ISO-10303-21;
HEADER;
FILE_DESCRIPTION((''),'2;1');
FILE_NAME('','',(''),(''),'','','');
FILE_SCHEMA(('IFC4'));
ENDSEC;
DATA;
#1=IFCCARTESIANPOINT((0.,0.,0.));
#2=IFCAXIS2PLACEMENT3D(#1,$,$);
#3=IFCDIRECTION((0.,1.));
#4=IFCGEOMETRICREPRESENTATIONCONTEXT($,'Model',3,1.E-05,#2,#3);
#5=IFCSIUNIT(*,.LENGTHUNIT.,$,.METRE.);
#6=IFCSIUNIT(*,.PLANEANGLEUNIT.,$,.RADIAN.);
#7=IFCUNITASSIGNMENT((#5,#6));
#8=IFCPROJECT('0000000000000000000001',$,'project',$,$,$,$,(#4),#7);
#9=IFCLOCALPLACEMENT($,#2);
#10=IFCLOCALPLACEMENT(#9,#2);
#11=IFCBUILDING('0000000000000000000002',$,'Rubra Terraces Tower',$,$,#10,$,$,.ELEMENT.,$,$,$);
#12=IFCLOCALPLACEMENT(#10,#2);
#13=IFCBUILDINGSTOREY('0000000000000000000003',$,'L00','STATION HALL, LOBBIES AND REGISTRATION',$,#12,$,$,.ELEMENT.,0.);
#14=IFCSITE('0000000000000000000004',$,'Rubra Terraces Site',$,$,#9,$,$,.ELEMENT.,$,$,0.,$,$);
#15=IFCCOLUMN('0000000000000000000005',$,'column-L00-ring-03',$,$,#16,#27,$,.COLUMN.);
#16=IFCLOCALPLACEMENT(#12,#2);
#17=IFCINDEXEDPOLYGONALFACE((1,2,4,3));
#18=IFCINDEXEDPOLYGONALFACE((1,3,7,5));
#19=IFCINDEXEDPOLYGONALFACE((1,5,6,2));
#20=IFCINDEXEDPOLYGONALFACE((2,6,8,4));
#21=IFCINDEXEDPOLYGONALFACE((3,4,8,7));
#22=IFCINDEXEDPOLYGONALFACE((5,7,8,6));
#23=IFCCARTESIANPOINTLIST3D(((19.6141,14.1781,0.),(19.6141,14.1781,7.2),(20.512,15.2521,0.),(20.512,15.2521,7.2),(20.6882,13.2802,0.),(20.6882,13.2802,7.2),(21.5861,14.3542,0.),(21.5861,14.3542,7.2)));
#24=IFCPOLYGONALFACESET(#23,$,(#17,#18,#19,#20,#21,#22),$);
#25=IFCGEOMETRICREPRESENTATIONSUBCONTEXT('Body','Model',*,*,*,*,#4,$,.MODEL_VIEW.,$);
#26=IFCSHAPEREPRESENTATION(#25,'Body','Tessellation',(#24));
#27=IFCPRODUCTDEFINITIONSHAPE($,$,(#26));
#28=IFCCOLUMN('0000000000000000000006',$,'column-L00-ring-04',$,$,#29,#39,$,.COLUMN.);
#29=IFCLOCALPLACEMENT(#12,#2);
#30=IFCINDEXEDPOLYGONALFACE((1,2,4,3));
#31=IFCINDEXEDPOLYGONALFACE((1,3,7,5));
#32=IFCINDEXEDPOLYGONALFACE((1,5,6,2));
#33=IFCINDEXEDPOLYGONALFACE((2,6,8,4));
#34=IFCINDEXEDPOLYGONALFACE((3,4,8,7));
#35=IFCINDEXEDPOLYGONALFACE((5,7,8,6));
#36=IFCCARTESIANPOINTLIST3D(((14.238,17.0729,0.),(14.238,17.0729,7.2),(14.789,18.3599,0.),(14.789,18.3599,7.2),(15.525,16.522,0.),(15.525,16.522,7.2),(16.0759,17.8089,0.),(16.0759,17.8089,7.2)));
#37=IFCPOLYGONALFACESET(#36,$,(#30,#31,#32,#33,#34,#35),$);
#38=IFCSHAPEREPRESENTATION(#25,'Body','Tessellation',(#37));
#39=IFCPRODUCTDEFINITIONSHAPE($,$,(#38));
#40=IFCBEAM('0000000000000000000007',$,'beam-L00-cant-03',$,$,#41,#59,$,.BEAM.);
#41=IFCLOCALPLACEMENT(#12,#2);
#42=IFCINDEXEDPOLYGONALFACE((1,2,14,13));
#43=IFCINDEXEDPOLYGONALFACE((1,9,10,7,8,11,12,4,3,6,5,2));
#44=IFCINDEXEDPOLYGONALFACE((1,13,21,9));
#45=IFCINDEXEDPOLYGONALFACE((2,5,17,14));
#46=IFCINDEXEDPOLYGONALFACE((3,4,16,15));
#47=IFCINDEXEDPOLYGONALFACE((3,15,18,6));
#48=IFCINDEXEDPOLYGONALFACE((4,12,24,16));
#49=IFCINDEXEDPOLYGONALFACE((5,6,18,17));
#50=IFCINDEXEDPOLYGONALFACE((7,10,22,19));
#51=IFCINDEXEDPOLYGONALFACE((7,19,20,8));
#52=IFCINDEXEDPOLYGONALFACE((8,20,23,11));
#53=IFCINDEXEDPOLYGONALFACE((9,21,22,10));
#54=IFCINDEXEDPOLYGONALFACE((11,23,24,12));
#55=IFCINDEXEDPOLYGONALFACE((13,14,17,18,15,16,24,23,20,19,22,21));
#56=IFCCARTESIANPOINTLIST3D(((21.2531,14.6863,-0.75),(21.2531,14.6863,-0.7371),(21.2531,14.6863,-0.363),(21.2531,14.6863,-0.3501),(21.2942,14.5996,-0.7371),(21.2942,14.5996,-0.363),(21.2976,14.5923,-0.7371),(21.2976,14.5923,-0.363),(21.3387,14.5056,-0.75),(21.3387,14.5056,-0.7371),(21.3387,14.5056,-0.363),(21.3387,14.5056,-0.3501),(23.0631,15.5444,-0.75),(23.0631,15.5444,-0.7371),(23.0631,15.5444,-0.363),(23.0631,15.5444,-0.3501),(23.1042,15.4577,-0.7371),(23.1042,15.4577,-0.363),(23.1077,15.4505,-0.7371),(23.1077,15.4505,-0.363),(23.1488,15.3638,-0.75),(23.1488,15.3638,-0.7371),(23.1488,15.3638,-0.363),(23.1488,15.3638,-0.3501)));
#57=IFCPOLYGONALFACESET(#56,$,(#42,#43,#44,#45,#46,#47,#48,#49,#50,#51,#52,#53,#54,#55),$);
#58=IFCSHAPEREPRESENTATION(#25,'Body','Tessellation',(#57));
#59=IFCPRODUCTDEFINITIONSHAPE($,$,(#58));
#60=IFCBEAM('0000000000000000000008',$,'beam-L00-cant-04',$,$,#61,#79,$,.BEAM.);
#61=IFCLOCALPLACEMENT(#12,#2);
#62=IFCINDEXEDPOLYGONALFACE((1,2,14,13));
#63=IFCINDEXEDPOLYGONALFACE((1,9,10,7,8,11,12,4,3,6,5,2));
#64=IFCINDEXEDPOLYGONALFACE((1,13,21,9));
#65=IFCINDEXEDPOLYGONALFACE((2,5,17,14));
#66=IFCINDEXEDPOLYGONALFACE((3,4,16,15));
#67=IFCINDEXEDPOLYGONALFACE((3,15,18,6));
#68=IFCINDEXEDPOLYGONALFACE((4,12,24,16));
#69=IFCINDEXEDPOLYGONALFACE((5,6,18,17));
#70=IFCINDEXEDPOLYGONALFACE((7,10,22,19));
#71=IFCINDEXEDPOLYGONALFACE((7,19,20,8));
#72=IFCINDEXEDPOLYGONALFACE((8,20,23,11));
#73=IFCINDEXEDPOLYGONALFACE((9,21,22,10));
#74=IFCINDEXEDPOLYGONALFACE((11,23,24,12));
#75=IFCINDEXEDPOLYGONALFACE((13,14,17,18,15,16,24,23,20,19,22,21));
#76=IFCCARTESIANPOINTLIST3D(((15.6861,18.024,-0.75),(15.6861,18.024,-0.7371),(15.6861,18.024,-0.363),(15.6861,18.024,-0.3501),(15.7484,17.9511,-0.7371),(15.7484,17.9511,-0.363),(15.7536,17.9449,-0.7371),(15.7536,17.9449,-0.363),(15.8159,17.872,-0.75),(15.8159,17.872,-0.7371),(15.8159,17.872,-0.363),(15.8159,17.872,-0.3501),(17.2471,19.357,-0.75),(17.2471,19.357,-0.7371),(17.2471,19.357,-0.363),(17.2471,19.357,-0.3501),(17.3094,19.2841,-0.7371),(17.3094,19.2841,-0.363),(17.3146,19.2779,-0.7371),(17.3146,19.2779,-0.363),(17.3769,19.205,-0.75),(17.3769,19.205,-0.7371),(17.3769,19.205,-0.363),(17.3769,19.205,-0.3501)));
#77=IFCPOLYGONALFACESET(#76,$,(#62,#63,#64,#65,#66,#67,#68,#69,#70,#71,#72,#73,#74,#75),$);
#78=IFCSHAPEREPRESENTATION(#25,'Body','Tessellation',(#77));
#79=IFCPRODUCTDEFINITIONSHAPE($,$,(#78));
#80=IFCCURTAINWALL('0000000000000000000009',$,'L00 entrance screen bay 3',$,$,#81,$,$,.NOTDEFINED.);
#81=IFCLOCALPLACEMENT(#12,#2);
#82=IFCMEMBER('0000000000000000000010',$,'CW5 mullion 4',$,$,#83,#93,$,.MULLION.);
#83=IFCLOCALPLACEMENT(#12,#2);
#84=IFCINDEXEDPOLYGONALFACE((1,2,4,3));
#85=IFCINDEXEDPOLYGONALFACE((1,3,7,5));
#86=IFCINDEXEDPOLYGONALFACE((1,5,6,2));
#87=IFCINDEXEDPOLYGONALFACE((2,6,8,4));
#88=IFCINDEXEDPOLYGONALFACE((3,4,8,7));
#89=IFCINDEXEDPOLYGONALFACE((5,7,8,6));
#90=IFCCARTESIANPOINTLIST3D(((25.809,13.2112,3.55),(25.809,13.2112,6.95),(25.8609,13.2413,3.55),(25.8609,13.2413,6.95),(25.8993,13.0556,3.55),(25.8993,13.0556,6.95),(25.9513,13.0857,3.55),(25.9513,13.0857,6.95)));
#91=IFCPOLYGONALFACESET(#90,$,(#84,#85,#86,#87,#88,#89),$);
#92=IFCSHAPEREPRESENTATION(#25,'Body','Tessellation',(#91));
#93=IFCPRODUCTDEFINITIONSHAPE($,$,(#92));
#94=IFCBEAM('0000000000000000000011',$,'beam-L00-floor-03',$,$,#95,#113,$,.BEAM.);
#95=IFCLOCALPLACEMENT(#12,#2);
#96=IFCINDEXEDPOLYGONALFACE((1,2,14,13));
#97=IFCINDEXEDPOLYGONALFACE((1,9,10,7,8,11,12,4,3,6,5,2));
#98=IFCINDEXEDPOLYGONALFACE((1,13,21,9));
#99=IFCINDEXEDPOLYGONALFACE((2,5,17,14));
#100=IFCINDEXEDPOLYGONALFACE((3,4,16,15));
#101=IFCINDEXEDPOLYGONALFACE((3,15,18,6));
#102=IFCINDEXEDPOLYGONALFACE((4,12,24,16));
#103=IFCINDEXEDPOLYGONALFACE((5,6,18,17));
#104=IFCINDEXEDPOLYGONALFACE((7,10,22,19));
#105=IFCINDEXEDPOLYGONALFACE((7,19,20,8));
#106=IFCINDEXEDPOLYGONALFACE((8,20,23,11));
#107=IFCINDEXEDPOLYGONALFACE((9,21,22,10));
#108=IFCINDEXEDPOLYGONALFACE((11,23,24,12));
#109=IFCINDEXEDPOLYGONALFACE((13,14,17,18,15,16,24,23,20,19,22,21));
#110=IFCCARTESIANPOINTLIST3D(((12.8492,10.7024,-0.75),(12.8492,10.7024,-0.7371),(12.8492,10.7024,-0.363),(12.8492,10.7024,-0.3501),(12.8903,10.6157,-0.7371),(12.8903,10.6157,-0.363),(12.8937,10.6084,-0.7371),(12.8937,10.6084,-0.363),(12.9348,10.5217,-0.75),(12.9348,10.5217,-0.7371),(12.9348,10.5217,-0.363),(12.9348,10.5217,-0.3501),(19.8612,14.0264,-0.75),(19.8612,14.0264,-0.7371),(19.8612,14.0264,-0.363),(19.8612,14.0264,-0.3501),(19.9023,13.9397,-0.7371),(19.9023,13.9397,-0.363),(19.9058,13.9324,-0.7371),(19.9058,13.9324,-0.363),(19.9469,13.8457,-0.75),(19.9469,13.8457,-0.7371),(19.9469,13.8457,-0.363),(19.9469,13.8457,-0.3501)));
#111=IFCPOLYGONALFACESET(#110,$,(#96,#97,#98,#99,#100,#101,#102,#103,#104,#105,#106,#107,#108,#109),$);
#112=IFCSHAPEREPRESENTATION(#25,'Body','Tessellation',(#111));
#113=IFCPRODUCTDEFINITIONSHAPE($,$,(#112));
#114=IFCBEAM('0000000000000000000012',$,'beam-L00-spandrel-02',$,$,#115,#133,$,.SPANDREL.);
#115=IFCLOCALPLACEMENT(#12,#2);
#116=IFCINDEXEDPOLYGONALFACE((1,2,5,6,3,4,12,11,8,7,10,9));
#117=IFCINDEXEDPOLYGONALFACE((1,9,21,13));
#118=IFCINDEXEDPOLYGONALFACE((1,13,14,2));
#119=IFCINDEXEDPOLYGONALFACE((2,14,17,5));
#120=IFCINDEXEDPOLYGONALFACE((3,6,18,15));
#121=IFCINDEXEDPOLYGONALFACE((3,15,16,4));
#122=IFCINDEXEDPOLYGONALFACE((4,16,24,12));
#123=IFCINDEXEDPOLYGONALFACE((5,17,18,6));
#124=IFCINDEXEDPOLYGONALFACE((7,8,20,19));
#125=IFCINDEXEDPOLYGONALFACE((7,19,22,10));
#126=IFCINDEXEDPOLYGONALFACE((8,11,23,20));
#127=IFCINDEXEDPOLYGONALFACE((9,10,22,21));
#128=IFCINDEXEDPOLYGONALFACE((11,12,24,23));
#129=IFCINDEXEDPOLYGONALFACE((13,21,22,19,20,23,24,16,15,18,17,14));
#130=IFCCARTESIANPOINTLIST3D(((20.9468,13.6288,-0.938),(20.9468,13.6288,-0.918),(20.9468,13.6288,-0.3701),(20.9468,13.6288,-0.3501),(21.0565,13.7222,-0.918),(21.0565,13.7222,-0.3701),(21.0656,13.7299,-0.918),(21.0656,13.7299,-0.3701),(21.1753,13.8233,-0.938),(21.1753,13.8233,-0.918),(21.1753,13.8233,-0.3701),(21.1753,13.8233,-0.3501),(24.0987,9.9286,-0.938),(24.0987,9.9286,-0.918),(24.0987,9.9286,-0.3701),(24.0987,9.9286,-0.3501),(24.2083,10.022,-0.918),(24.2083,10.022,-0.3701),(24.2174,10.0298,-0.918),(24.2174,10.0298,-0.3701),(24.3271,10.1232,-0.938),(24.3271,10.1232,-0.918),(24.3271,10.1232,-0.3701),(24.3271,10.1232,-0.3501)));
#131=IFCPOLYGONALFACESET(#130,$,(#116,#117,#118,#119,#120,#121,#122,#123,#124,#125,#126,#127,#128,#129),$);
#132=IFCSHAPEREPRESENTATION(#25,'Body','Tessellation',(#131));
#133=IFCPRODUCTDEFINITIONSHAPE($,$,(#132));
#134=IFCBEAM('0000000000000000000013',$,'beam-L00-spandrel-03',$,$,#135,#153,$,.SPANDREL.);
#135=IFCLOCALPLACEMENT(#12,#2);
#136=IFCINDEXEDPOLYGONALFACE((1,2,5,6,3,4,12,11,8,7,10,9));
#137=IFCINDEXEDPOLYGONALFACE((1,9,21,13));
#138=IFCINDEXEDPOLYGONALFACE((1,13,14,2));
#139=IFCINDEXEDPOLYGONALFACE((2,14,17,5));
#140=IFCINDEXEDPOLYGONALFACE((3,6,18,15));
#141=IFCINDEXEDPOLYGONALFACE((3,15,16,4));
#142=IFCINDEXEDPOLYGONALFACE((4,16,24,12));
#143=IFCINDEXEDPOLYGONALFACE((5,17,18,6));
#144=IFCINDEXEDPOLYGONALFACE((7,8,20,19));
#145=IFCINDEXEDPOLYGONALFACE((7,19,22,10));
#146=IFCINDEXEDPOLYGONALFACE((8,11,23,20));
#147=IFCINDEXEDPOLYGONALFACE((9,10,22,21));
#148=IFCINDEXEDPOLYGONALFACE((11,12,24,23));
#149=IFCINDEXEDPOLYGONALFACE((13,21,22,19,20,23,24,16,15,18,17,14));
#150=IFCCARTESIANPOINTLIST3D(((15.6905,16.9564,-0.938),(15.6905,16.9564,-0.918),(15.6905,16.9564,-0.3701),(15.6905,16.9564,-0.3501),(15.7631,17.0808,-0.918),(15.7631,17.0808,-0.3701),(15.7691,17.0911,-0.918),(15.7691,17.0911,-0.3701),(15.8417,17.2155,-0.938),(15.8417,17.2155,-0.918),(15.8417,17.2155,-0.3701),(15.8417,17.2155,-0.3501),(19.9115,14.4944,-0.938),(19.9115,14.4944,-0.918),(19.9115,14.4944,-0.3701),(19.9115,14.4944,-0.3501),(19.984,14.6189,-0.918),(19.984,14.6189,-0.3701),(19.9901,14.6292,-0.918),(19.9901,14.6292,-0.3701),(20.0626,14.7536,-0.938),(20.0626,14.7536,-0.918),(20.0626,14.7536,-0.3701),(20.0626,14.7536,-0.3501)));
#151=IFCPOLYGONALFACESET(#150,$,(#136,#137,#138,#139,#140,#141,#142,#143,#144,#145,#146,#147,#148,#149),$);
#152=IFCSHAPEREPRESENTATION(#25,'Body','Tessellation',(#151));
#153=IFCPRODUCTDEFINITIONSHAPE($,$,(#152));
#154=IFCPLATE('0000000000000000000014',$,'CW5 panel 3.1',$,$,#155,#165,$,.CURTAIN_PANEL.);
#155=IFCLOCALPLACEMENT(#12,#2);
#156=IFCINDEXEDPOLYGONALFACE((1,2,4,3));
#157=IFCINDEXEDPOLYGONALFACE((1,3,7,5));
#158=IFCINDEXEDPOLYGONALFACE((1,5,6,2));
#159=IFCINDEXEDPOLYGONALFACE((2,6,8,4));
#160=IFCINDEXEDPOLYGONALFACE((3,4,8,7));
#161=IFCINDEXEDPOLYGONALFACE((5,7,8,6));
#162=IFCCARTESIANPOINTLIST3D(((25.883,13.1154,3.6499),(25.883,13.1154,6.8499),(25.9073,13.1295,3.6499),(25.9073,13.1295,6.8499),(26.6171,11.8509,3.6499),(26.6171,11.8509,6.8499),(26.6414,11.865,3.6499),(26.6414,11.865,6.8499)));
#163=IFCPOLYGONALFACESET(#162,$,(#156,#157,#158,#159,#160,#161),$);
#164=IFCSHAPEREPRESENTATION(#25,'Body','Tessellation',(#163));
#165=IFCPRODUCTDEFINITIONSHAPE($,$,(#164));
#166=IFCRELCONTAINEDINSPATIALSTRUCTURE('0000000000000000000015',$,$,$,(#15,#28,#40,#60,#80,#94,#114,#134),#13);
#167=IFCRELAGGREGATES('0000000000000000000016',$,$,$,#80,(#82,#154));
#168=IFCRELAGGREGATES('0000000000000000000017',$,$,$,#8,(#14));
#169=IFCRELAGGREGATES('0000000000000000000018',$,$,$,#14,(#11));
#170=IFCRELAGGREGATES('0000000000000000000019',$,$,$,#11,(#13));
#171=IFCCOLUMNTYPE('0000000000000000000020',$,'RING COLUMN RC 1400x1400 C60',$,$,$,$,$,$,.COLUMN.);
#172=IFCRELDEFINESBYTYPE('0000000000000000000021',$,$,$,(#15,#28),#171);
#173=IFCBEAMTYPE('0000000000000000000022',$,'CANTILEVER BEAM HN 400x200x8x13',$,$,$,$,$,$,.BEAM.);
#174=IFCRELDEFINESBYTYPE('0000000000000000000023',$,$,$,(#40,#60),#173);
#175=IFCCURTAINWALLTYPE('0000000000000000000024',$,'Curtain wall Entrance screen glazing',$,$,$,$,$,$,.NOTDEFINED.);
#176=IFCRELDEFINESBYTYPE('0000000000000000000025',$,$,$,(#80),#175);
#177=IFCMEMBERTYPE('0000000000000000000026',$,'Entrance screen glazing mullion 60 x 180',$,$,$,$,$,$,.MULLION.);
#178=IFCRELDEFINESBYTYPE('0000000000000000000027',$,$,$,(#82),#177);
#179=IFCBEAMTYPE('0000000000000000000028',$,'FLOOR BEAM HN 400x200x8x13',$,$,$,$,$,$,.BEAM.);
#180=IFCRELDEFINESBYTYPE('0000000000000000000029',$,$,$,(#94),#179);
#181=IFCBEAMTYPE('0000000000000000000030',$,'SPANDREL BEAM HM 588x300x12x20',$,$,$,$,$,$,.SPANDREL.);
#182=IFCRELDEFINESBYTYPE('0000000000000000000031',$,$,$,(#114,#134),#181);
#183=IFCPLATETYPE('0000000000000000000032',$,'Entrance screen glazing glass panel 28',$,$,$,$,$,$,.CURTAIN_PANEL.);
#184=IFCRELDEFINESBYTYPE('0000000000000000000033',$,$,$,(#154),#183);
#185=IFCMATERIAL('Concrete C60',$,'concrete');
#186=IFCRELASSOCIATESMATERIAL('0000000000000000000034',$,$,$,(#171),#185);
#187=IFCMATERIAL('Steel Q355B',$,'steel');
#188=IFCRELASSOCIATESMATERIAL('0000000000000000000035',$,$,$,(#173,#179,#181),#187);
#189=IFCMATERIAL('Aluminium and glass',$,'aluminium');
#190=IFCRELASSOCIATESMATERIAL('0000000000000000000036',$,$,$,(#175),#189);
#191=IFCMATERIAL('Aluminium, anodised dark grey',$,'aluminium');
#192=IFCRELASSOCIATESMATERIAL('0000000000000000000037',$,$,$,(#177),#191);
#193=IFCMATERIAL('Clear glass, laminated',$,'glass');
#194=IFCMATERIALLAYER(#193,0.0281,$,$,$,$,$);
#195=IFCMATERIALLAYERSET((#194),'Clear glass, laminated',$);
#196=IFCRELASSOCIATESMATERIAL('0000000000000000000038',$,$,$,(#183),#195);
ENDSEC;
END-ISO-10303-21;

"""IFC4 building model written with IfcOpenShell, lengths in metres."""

from ifc_helpers import new_model, si_unit, direction, frame, origin, origin_2d, place, context, subcontext, project, spatial, rectangle, i_section, extrude, material, layer, layer_set, material_profile, profile_set, type_object, element, aggregate, save


model = new_model("IFC4")

# Units and contexts
model_context = context("Model", 3, precision=1e-05, world=origin(), true_north=direction((0.0, 1.0)))
body_context = subcontext(model_context, "Body", "Model", "MODEL_VIEW")
ifc_project = project(units=[si_unit("LENGTHUNIT", "METRE"), si_unit("PLANEANGLEUNIT", "RADIAN")], contexts=[model_context])

# Site, building, storey
site_placement = place(None, origin())
site = spatial("IfcSite", under=ifc_project, at=site_placement, Name="Rubra Terraces Site", CompositionType="ELEMENT", RefElevation=0.0)
building_placement = place(site_placement, origin())
building = spatial("IfcBuilding", under=site, at=building_placement, Name="Rubra Terraces Tower", CompositionType="ELEMENT")
storey_placement = place(building_placement, origin())
storey = spatial("IfcBuildingStorey", under=building, at=storey_placement, Name="L00", Description="STATION HALL, LOBBIES AND REGISTRATION", CompositionType="ELEMENT", Elevation=0.0)

# Columns
ifc_material_1 = material(Name="Concrete C60", Category="concrete")
ifc_material_profile_1 = material_profile(ifc_material_1, rectangle(XDim=1.3999, YDim=1.3999, at=origin_2d()), Name="RC 1400x1400")
ifc_profile_set_1 = profile_set([ifc_material_profile_1], Name="Concrete C60")
column_type = type_object("IfcColumnType", Name="RING COLUMN RC 1400x1400 C60", PredefinedType="COLUMN", material=ifc_profile_set_1)
for number, where, z_axis, x_axis, name in (
    (1, (20.6001, 14.2661, 0.0), (0.0, 0.0, 1.0), (-0.76721, 0.641397, 0.0), "column-L00-ring-03"),
    (2, (15.157, 17.4409, 0.0), (0.0, 0.0, 1.0), (-0.919294, 0.393572, 0.0), "column-L00-ring-04"),
):
    element("IfcColumn", number, at=place(storey_placement, frame(where, z_axis=z_axis, x_axis=x_axis)), inside=storey, type_object=column_type, Name=name, PredefinedType="COLUMN", context=body_context, shape_type="SweptSolid", body=[
        extrude(rectangle(XDim=1.3999, YDim=1.3999, at=origin_2d()), origin(), (0.0, 0.0, 1.0), 7.2),
    ])

# Beams
ifc_material_2 = material(Name="Steel Q355B", Category="steel")
ifc_material_profile_2 = material_profile(ifc_material_2, i_section(OverallWidth=0.2, OverallDepth=0.3999, WebThickness=0.0081, FlangeThickness=0.0129, at=origin_2d()), Name="HN 400x200x8x13")
ifc_profile_set_2 = profile_set([ifc_material_profile_2], Name="Steel Q355B")
beam_type_1 = type_object("IfcBeamType", Name="CANTILEVER BEAM HN 400x200x8x13", PredefinedType="BEAM", material=ifc_profile_set_2)
beam_1_placement = place(storey_placement, frame((21.2959, 14.5959, -0.55), z_axis=(0.903591, 0.428395, 0.0), x_axis=(-0.428395, 0.903591, 0.0)))
element("IfcBeam", 3, at=beam_1_placement, inside=storey, type_object=beam_type_1, Name="beam-L00-cant-03", PredefinedType="BEAM", context=body_context, shape_type="SweptSolid", body=[
    extrude(i_section(OverallWidth=0.2, OverallDepth=0.3999, WebThickness=0.0081, FlangeThickness=0.0129, at=origin_2d()), origin(), (0.0, 0.0, 1.0), 2.0032),
])
beam_2_placement = place(storey_placement, frame((15.751, 17.948, -0.55), z_axis=(0.760464, 0.64938, 0.0), x_axis=(-0.64938, 0.760464, 0.0)))
element("IfcBeam", 4, at=beam_2_placement, inside=storey, type_object=beam_type_1, Name="beam-L00-cant-04", PredefinedType="BEAM", context=body_context, shape_type="SweptSolid", body=[
    extrude(i_section(OverallWidth=0.2, OverallDepth=0.3999, WebThickness=0.0081, FlangeThickness=0.0129, at=origin_2d()), origin(), (0.0, 0.0, 1.0), 2.0527),
])

# Curtain wall, member
ifc_material_3 = material(Name="Aluminium and glass", Category="aluminium")
curtain_wall_type = type_object("IfcCurtainWallType", Name="Curtain wall Entrance screen glazing", PredefinedType="NOTDEFINED", material=ifc_material_3)
curtain_wall_placement = place(storey_placement, origin())
curtain_wall = element("IfcCurtainWall", 5, at=curtain_wall_placement, inside=storey, type_object=curtain_wall_type, Name="L00 entrance screen bay 3", PredefinedType="NOTDEFINED")
ifc_material_4 = material(Name="Aluminium, anodised dark grey", Category="aluminium")
ifc_material_profile_3 = material_profile(ifc_material_4, rectangle(XDim=0.0601, YDim=0.1799, at=origin_2d()), Name="AL 60x180")
ifc_profile_set_3 = profile_set([ifc_material_profile_3], Name="Aluminium, anodised dark grey")
member_type = type_object("IfcMemberType", Name="Entrance screen glazing mullion 60 x 180", PredefinedType="MULLION", material=ifc_profile_set_3)
member_placement = place(storey_placement, frame((25.8801, 13.1484, 3.55), z_axis=(0.0, 0.0, 1.0), x_axis=(-0.864813, -0.502094, 0.0)))
member = element("IfcMember", 6, at=member_placement, type_object=member_type, Name="CW5 mullion 4", PredefinedType="MULLION", context=body_context, shape_type="SweptSolid", body=[
    extrude(rectangle(XDim=0.0601, YDim=0.1799, at=origin_2d()), origin(), (0.0, 0.0, 1.0), 3.3999),
])

# Beams
ifc_material_profile_4 = material_profile(ifc_material_2, i_section(OverallWidth=0.2, OverallDepth=0.3999, WebThickness=0.0081, FlangeThickness=0.0129, at=origin_2d()), Name="HN 400x200x8x13")
ifc_profile_set_4 = profile_set([ifc_material_profile_4], Name="Steel Q355B")
beam_type_2 = type_object("IfcBeamType", Name="FLOOR BEAM HN 400x200x8x13", PredefinedType="BEAM", material=ifc_profile_set_4)
beam_3_placement = place(storey_placement, frame((19.9041, 13.936, -0.55), z_axis=(-0.903612, -0.428351, 0.0), x_axis=(0.428351, -0.903612, 0.0)))
element("IfcBeam", 7, at=beam_3_placement, inside=storey, type_object=beam_type_2, Name="beam-L00-floor-03", PredefinedType="BEAM", context=body_context, shape_type="SweptSolid", body=[
    extrude(i_section(OverallWidth=0.2, OverallDepth=0.3999, WebThickness=0.0081, FlangeThickness=0.0129, at=origin_2d()), origin(), (0.0, 0.0, 1.0), 7.76),
])
ifc_material_profile_5 = material_profile(ifc_material_2, i_section(OverallWidth=0.3, OverallDepth=0.5879, WebThickness=0.012, FlangeThickness=0.02, at=origin_2d()), Name="HM 588x300x12x20")
ifc_profile_set_5 = profile_set([ifc_material_profile_5], Name="Steel Q355B")
beam_type_3 = type_object("IfcBeamType", Name="SPANDREL BEAM HM 588x300x12x20", PredefinedType="SPANDREL", material=ifc_profile_set_5)
beam_4_placement = place(storey_placement, frame((24.2129, 10.0259, -0.644), z_axis=(-0.648447, 0.76126, 0.0), x_axis=(-0.76126, -0.648447, 0.0)))
element("IfcBeam", 8, at=beam_4_placement, inside=storey, type_object=beam_type_3, Name="beam-L00-spandrel-02", PredefinedType="SPANDREL", context=body_context, shape_type="SweptSolid", body=[
    extrude(i_section(OverallWidth=0.3, OverallDepth=0.5879, WebThickness=0.012, FlangeThickness=0.02, at=origin_2d()), origin(), (0.0, 0.0, 1.0), 4.8606),
])
beam_5_placement = place(storey_placement, frame((19.9871, 14.624, -0.644), z_axis=(-0.863806, 0.503824, 0.0), x_axis=(-0.503824, -0.863806, 0.0)))
element("IfcBeam", 9, at=beam_5_placement, inside=storey, type_object=beam_type_3, Name="beam-L00-spandrel-03", PredefinedType="SPANDREL", context=body_context, shape_type="SweptSolid", body=[
    extrude(i_section(OverallWidth=0.3, OverallDepth=0.5879, WebThickness=0.012, FlangeThickness=0.02, at=origin_2d()), origin(), (0.0, 0.0, 1.0), 4.8865),
])

# Plate
ifc_material_5 = material(Name="Clear glass, laminated", Category="glass")
ifc_layer_1 = layer(ifc_material_5, 0.0281)
ifc_layer_set_1 = layer_set([ifc_layer_1], Name="Clear glass, laminated")
plate_type = type_object("IfcPlateType", Name="Entrance screen glazing glass panel 28", PredefinedType="CURTAIN_PANEL", material=ifc_layer_set_1)
plate_placement = place(storey_placement, frame((26.2622, 12.4902, 3.6499), z_axis=(0.0, 0.0, 1.0), x_axis=(-0.502094, 0.864813, 0.0)))
plate = element("IfcPlate", 10, at=plate_placement, type_object=plate_type, Name="CW5 panel 3.1", PredefinedType="CURTAIN_PANEL", context=body_context, shape_type="SweptSolid", body=[
    extrude(rectangle(XDim=1.4622, YDim=0.0281, at=origin_2d()), origin(), (0.0, 0.0, 1.0), 3.2),
])
aggregate(curtain_wall, [member, plate])

save(model, "model.ifc")
